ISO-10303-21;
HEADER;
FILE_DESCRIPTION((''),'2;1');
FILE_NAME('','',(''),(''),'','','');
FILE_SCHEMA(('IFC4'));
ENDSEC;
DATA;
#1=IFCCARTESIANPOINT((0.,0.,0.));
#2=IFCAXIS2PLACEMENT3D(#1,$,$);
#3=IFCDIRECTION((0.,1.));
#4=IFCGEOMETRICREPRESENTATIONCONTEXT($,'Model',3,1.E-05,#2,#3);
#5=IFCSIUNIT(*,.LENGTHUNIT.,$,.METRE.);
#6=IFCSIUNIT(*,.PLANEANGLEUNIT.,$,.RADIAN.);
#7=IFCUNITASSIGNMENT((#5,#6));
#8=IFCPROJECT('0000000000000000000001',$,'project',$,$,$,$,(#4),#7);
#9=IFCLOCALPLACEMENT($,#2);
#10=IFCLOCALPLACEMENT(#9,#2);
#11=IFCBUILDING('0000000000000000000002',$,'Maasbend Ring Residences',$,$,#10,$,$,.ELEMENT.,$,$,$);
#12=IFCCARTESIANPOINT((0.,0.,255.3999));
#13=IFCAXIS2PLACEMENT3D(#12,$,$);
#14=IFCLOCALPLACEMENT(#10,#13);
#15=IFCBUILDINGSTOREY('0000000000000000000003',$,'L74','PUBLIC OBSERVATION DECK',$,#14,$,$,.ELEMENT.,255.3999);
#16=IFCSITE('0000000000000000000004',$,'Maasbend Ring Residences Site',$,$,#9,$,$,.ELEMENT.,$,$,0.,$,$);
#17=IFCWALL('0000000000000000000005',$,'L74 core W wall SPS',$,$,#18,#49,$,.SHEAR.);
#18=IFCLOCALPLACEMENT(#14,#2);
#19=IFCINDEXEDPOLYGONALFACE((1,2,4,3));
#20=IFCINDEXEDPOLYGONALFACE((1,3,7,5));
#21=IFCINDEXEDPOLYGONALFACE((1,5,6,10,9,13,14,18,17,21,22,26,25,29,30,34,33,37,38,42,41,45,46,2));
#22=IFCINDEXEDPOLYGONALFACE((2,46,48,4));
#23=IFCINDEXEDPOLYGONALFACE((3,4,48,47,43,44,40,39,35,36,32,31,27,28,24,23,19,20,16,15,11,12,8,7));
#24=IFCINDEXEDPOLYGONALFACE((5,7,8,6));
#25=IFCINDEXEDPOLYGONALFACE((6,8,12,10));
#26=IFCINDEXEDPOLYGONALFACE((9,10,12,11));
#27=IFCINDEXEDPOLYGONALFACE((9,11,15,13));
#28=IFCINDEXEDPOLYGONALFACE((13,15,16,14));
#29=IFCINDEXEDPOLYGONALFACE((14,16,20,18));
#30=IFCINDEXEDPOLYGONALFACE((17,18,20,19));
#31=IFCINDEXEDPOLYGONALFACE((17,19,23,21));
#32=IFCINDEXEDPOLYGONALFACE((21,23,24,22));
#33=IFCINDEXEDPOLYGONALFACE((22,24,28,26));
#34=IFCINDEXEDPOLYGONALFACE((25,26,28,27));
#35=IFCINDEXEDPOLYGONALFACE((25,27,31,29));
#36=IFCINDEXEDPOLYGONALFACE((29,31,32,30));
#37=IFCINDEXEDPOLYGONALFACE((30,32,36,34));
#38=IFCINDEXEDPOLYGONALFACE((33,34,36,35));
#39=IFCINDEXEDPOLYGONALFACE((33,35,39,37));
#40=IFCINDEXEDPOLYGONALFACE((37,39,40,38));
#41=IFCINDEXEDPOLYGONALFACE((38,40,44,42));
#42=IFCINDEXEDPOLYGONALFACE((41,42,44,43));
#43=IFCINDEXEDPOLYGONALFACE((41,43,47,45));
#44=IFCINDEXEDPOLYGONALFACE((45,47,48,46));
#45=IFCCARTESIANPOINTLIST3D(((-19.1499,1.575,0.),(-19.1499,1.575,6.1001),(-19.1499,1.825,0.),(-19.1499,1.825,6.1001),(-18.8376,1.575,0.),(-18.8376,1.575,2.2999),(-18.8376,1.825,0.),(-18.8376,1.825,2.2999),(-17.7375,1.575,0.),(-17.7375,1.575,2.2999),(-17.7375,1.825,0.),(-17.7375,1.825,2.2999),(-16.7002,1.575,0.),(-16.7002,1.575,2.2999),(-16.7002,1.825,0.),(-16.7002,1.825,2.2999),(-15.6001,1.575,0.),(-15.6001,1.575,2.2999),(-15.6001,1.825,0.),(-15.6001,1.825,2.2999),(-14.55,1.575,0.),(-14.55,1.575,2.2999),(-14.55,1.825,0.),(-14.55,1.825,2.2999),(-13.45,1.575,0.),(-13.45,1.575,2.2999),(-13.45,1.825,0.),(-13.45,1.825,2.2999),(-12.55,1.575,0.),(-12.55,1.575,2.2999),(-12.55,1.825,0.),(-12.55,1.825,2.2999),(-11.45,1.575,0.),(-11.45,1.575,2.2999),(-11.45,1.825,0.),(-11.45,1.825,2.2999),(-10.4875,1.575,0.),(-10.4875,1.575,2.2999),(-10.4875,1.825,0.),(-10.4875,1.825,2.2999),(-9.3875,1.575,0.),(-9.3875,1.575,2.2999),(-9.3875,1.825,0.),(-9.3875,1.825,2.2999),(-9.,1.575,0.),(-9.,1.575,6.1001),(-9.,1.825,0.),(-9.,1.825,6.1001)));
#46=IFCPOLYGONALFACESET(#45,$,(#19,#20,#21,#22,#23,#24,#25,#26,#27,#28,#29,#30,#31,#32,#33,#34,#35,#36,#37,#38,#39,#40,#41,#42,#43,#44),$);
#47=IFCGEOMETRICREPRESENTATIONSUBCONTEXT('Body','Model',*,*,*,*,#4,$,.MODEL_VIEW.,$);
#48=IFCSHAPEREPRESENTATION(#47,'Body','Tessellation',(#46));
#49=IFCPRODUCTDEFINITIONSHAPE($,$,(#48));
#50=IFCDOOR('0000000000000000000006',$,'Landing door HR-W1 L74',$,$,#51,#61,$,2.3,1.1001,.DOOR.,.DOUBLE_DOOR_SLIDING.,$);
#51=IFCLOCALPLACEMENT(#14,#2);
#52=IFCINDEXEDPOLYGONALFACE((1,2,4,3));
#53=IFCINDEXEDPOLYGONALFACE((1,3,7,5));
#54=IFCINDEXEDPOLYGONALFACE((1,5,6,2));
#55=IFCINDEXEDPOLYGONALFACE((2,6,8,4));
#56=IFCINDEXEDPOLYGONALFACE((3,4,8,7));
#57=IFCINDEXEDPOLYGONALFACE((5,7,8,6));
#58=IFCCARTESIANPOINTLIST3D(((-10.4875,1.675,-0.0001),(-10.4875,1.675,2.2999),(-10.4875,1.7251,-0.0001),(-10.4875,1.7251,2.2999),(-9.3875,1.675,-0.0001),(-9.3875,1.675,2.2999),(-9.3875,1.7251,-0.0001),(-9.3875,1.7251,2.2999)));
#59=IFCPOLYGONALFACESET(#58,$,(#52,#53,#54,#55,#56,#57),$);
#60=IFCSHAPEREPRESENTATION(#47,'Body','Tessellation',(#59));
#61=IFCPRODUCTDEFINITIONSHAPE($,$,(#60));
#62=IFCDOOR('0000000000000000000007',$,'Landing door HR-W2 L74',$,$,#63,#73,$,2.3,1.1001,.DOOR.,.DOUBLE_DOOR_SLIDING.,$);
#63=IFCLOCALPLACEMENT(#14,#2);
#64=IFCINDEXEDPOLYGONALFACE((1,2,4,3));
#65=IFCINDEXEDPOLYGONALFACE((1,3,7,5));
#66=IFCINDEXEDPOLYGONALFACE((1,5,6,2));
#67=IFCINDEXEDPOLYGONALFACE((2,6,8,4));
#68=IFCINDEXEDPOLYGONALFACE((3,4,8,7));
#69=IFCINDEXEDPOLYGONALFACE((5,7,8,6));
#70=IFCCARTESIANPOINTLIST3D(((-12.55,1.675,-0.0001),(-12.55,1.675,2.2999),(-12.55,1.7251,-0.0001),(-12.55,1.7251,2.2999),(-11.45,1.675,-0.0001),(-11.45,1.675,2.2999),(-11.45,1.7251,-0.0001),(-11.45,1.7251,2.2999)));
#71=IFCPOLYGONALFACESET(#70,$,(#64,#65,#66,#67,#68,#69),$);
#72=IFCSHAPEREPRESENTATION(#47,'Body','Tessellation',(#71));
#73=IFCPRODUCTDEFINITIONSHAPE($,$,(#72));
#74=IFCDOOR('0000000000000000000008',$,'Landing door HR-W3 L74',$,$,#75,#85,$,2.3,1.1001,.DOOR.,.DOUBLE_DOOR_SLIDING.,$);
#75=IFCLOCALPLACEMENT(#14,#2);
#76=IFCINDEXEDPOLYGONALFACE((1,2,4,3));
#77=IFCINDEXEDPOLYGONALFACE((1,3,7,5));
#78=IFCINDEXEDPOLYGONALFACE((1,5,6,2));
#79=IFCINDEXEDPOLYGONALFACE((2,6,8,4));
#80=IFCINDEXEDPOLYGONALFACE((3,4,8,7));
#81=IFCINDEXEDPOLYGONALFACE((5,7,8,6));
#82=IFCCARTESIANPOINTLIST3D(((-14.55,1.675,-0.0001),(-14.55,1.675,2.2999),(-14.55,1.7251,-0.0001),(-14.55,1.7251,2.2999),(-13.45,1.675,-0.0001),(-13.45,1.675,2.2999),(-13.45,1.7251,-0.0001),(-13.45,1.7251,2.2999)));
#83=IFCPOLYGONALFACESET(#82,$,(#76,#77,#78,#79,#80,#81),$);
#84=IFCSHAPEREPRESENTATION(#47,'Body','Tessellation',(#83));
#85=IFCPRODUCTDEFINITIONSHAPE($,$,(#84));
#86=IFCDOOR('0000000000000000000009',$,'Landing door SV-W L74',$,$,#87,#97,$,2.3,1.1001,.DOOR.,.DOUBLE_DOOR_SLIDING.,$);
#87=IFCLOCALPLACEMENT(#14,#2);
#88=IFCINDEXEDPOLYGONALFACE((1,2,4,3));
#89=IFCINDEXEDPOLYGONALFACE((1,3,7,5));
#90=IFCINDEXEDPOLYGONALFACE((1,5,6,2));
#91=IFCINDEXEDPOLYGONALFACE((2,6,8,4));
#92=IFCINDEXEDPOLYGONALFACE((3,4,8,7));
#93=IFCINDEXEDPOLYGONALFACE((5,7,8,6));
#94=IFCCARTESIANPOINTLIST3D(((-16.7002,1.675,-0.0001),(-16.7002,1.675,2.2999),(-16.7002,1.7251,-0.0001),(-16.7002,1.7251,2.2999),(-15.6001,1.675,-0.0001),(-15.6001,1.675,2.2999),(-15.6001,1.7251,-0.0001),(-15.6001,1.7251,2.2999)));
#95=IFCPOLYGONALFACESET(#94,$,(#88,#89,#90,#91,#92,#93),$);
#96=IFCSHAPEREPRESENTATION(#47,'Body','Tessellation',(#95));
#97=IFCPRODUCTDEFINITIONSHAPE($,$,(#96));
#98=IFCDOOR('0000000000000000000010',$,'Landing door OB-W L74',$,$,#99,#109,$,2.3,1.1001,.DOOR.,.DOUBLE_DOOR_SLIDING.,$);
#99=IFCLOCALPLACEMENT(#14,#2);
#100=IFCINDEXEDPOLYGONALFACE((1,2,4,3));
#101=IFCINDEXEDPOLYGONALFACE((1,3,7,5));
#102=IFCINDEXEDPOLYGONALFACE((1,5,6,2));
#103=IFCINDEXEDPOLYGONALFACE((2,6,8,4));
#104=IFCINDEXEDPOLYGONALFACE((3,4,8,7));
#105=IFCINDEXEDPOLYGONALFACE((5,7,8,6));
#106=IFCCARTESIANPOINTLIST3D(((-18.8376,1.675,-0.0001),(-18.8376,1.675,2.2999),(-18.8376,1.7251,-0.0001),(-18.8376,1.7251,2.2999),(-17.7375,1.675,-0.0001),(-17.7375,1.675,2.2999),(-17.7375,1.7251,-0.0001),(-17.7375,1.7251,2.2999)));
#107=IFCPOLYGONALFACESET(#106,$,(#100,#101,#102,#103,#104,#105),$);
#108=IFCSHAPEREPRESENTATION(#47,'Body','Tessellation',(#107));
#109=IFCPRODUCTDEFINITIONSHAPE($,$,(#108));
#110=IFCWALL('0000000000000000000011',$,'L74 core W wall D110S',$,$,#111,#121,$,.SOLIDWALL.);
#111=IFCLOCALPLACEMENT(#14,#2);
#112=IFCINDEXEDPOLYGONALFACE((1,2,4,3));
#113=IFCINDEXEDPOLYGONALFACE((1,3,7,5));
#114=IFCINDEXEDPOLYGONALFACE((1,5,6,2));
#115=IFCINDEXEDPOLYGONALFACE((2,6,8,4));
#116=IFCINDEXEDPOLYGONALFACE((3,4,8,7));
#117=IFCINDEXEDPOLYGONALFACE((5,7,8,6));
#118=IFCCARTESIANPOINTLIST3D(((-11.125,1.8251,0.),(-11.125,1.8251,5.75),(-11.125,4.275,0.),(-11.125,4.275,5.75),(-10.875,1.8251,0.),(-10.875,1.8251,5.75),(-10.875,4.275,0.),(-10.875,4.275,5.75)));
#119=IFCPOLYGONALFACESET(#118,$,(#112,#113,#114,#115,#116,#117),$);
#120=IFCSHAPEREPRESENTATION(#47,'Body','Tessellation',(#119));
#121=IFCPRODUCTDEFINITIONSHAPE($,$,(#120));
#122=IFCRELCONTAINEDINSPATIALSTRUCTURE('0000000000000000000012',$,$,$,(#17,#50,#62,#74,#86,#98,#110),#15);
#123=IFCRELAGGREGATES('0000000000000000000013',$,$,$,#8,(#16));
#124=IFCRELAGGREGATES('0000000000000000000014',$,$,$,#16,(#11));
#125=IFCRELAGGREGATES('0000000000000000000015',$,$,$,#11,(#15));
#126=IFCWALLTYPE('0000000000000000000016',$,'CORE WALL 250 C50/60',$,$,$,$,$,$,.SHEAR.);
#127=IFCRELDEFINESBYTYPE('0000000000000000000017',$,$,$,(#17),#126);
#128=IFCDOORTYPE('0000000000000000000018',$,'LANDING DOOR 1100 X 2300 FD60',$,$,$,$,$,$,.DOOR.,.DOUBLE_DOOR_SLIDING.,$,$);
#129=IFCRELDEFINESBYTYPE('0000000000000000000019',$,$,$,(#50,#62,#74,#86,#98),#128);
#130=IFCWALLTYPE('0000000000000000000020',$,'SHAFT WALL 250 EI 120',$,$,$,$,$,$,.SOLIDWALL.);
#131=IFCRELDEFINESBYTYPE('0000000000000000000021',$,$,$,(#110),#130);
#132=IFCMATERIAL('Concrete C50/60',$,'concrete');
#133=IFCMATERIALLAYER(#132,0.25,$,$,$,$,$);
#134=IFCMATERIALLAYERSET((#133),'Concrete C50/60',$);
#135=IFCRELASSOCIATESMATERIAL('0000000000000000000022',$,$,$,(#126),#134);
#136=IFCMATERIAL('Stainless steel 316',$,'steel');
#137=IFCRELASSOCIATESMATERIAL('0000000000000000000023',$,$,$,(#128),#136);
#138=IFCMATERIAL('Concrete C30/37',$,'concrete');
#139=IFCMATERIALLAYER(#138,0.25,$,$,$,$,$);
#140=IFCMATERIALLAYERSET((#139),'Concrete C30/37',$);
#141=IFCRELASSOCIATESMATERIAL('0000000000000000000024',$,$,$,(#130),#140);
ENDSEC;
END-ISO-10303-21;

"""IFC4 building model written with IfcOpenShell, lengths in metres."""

from ifc_helpers import new_model, si_unit, direction, frame, frame_2d, origin, place, context, subcontext, project, spatial, rectangle, extrude, material, layer, layer_set, type_object, element, fill, save


model = new_model("IFC4")

# Units and contexts
model_context = context("Model", 3, precision=1e-05, world=origin(), true_north=direction((0.0, 1.0)))
body_context = subcontext(model_context, "Body", "Model", "MODEL_VIEW")
ifc_project = project(units=[si_unit("LENGTHUNIT", "METRE"), si_unit("PLANEANGLEUNIT", "RADIAN")], contexts=[model_context])

# Site, building, storey
site_placement = place(None, origin())
site = spatial("IfcSite", under=ifc_project, at=site_placement, Name="Maasbend Ring Residences Site", CompositionType="ELEMENT", RefElevation=0.0)
building_placement = place(site_placement, origin())
building = spatial("IfcBuilding", under=site, at=building_placement, Name="Maasbend Ring Residences", CompositionType="ELEMENT")
storey_placement = place(building_placement, frame((0.0, 0.0, 255.3999)))
storey = spatial("IfcBuildingStorey", under=building, at=storey_placement, Name="L74", Description="PUBLIC OBSERVATION DECK", CompositionType="ELEMENT", Elevation=255.3999)

# Wall, openings, doors
ifc_material_1 = material(Name="Concrete C50/60", Category="concrete")
ifc_layer_1 = layer(ifc_material_1, 0.25)
ifc_layer_set_1 = layer_set([ifc_layer_1], Name="Concrete C50/60")
wall_type_1 = type_object("IfcWallType", Name="CORE WALL 250 C50/60", PredefinedType="SHEAR", material=ifc_layer_set_1)
wall_1_placement = place(storey_placement, frame((-9.0, 1.7, 0.0), z_axis=(0.0, 0.0, 1.0), x_axis=(-1.0, 0.0, 0.0)))
wall_1 = element("IfcWall", 1, at=wall_1_placement, inside=storey, type_object=wall_type_1, Name="L74 core W wall SPS", PredefinedType="SHEAR", context=body_context, shape_type="SweptSolid", body=[
    extrude(rectangle(XDim=10.1499, YDim=0.25, at=frame_2d((5.075, 0.0))), origin(), (0.0, 0.0, 1.0), 6.1001),
])
opening_1_placement = place(wall_1_placement, frame((0.3875, 0.0, 0.0)))
opening_1 = element("IfcOpeningElement", 2, at=opening_1_placement, cuts=wall_1, PredefinedType="OPENING", context=body_context, shape_type="SweptSolid", body=[
    extrude(rectangle(XDim=1.1001, YDim=2.3, at=frame_2d((0.55, 1.1499))), frame((0.0, 0.135, 0.0), z_axis=(0.0, -1.0, 0.0), x_axis=(1.0, 0.0, 0.0)), (0.0, 0.0, 1.0), 0.27),
])
opening_2_placement = place(wall_1_placement, frame((2.45, 0.0, 0.0)))
opening_2 = element("IfcOpeningElement", 3, at=opening_2_placement, cuts=wall_1, PredefinedType="OPENING", context=body_context, shape_type="SweptSolid", body=[
    extrude(rectangle(XDim=1.1001, YDim=2.3, at=frame_2d((0.55, 1.1499))), frame((0.0, 0.135, 0.0), z_axis=(0.0, -1.0, 0.0), x_axis=(1.0, 0.0, 0.0)), (0.0, 0.0, 1.0), 0.27),
])
opening_3_placement = place(wall_1_placement, frame((4.45, 0.0, 0.0)))
opening_3 = element("IfcOpeningElement", 4, at=opening_3_placement, cuts=wall_1, PredefinedType="OPENING", context=body_context, shape_type="SweptSolid", body=[
    extrude(rectangle(XDim=1.1001, YDim=2.3, at=frame_2d((0.55, 1.1499))), frame((0.0, 0.135, 0.0), z_axis=(0.0, -1.0, 0.0), x_axis=(1.0, 0.0, 0.0)), (0.0, 0.0, 1.0), 0.27),
])
opening_4_placement = place(wall_1_placement, frame((6.6001, 0.0, 0.0)))
opening_4 = element("IfcOpeningElement", 5, at=opening_4_placement, cuts=wall_1, PredefinedType="OPENING", context=body_context, shape_type="SweptSolid", body=[
    extrude(rectangle(XDim=1.1001, YDim=2.3, at=frame_2d((0.55, 1.1499))), frame((0.0, 0.135, 0.0), z_axis=(0.0, -1.0, 0.0), x_axis=(1.0, 0.0, 0.0)), (0.0, 0.0, 1.0), 0.27),
])
opening_5_placement = place(wall_1_placement, frame((8.7375, 0.0, 0.0)))
opening_5 = element("IfcOpeningElement", 6, at=opening_5_placement, cuts=wall_1, PredefinedType="OPENING", context=body_context, shape_type="SweptSolid", body=[
    extrude(rectangle(XDim=1.1001, YDim=2.3, at=frame_2d((0.55, 1.1499))), frame((0.0, 0.135, 0.0), z_axis=(0.0, -1.0, 0.0), x_axis=(1.0, 0.0, 0.0)), (0.0, 0.0, 1.0), 0.27),
])
ifc_material_2 = material(Name="Stainless steel 316", Category="steel")
door_type = type_object("IfcDoorType", Name="LANDING DOOR 1100 X 2300 FD60", OperationType="DOUBLE_DOOR_SLIDING", PredefinedType="DOOR", material=ifc_material_2)
door_1_placement = place(opening_1_placement, origin())
door_1 = element("IfcDoor", 7, at=door_1_placement, inside=storey, type_object=door_type, Name="Landing door HR-W1 L74", OperationType="DOUBLE_DOOR_SLIDING", OverallHeight=2.3, OverallWidth=1.1001, PredefinedType="DOOR", context=body_context, shape_type="SweptSolid", body=[
    extrude(rectangle(XDim=1.1001, YDim=2.3, at=frame_2d((0.55, 1.1499))), frame((0.0, 0.0249, 0.0), z_axis=(0.0, -1.0, 0.0), x_axis=(1.0, 0.0, 0.0)), (0.0, 0.0, 1.0), 0.05),
])
fill(opening_1, door_1)
door_2_placement = place(opening_2_placement, origin())
door_2 = element("IfcDoor", 8, at=door_2_placement, inside=storey, type_object=door_type, Name="Landing door HR-W2 L74", OperationType="DOUBLE_DOOR_SLIDING", OverallHeight=2.3, OverallWidth=1.1001, PredefinedType="DOOR", context=body_context, shape_type="SweptSolid", body=[
    extrude(rectangle(XDim=1.1001, YDim=2.3, at=frame_2d((0.55, 1.1499))), frame((0.0, 0.0249, 0.0), z_axis=(0.0, -1.0, 0.0), x_axis=(1.0, 0.0, 0.0)), (0.0, 0.0, 1.0), 0.05),
])
fill(opening_2, door_2)
door_3_placement = place(opening_3_placement, origin())
door_3 = element("IfcDoor", 9, at=door_3_placement, inside=storey, type_object=door_type, Name="Landing door HR-W3 L74", OperationType="DOUBLE_DOOR_SLIDING", OverallHeight=2.3, OverallWidth=1.1001, PredefinedType="DOOR", context=body_context, shape_type="SweptSolid", body=[
    extrude(rectangle(XDim=1.1001, YDim=2.3, at=frame_2d((0.55, 1.1499))), frame((0.0, 0.0249, 0.0), z_axis=(0.0, -1.0, 0.0), x_axis=(1.0, 0.0, 0.0)), (0.0, 0.0, 1.0), 0.05),
])
fill(opening_3, door_3)
door_4_placement = place(opening_4_placement, origin())
door_4 = element("IfcDoor", 10, at=door_4_placement, inside=storey, type_object=door_type, Name="Landing door SV-W L74", OperationType="DOUBLE_DOOR_SLIDING", OverallHeight=2.3, OverallWidth=1.1001, PredefinedType="DOOR", context=body_context, shape_type="SweptSolid", body=[
    extrude(rectangle(XDim=1.1001, YDim=2.3, at=frame_2d((0.55, 1.1499))), frame((0.0, 0.0249, 0.0), z_axis=(0.0, -1.0, 0.0), x_axis=(1.0, 0.0, 0.0)), (0.0, 0.0, 1.0), 0.05),
])
fill(opening_4, door_4)
door_5_placement = place(opening_5_placement, origin())
door_5 = element("IfcDoor", 11, at=door_5_placement, inside=storey, type_object=door_type, Name="Landing door OB-W L74", OperationType="DOUBLE_DOOR_SLIDING", OverallHeight=2.3, OverallWidth=1.1001, PredefinedType="DOOR", context=body_context, shape_type="SweptSolid", body=[
    extrude(rectangle(XDim=1.1001, YDim=2.3, at=frame_2d((0.55, 1.1499))), frame((0.0, 0.0249, 0.0), z_axis=(0.0, -1.0, 0.0), x_axis=(1.0, 0.0, 0.0)), (0.0, 0.0, 1.0), 0.05),
])
fill(opening_5, door_5)

# Wall
ifc_material_3 = material(Name="Concrete C30/37", Category="concrete")
ifc_layer_2 = layer(ifc_material_3, 0.25)
ifc_layer_set_2 = layer_set([ifc_layer_2], Name="Concrete C30/37")
wall_type_2 = type_object("IfcWallType", Name="SHAFT WALL 250 EI 120", PredefinedType="SOLIDWALL", material=ifc_layer_set_2)
wall_2_placement = place(storey_placement, frame((-11.0, 1.825, 0.0), z_axis=(0.0, 0.0, 1.0), x_axis=(0.0, 1.0, 0.0)))
element("IfcWall", 12, at=wall_2_placement, inside=storey, type_object=wall_type_2, Name="L74 core W wall D110S", PredefinedType="SOLIDWALL", context=body_context, shape_type="SweptSolid", body=[
    extrude(rectangle(XDim=2.45, YDim=0.25, at=frame_2d((1.2251, 0.0))), origin(), (0.0, 0.0, 1.0), 5.75),
])

save(model, "model.ifc")
